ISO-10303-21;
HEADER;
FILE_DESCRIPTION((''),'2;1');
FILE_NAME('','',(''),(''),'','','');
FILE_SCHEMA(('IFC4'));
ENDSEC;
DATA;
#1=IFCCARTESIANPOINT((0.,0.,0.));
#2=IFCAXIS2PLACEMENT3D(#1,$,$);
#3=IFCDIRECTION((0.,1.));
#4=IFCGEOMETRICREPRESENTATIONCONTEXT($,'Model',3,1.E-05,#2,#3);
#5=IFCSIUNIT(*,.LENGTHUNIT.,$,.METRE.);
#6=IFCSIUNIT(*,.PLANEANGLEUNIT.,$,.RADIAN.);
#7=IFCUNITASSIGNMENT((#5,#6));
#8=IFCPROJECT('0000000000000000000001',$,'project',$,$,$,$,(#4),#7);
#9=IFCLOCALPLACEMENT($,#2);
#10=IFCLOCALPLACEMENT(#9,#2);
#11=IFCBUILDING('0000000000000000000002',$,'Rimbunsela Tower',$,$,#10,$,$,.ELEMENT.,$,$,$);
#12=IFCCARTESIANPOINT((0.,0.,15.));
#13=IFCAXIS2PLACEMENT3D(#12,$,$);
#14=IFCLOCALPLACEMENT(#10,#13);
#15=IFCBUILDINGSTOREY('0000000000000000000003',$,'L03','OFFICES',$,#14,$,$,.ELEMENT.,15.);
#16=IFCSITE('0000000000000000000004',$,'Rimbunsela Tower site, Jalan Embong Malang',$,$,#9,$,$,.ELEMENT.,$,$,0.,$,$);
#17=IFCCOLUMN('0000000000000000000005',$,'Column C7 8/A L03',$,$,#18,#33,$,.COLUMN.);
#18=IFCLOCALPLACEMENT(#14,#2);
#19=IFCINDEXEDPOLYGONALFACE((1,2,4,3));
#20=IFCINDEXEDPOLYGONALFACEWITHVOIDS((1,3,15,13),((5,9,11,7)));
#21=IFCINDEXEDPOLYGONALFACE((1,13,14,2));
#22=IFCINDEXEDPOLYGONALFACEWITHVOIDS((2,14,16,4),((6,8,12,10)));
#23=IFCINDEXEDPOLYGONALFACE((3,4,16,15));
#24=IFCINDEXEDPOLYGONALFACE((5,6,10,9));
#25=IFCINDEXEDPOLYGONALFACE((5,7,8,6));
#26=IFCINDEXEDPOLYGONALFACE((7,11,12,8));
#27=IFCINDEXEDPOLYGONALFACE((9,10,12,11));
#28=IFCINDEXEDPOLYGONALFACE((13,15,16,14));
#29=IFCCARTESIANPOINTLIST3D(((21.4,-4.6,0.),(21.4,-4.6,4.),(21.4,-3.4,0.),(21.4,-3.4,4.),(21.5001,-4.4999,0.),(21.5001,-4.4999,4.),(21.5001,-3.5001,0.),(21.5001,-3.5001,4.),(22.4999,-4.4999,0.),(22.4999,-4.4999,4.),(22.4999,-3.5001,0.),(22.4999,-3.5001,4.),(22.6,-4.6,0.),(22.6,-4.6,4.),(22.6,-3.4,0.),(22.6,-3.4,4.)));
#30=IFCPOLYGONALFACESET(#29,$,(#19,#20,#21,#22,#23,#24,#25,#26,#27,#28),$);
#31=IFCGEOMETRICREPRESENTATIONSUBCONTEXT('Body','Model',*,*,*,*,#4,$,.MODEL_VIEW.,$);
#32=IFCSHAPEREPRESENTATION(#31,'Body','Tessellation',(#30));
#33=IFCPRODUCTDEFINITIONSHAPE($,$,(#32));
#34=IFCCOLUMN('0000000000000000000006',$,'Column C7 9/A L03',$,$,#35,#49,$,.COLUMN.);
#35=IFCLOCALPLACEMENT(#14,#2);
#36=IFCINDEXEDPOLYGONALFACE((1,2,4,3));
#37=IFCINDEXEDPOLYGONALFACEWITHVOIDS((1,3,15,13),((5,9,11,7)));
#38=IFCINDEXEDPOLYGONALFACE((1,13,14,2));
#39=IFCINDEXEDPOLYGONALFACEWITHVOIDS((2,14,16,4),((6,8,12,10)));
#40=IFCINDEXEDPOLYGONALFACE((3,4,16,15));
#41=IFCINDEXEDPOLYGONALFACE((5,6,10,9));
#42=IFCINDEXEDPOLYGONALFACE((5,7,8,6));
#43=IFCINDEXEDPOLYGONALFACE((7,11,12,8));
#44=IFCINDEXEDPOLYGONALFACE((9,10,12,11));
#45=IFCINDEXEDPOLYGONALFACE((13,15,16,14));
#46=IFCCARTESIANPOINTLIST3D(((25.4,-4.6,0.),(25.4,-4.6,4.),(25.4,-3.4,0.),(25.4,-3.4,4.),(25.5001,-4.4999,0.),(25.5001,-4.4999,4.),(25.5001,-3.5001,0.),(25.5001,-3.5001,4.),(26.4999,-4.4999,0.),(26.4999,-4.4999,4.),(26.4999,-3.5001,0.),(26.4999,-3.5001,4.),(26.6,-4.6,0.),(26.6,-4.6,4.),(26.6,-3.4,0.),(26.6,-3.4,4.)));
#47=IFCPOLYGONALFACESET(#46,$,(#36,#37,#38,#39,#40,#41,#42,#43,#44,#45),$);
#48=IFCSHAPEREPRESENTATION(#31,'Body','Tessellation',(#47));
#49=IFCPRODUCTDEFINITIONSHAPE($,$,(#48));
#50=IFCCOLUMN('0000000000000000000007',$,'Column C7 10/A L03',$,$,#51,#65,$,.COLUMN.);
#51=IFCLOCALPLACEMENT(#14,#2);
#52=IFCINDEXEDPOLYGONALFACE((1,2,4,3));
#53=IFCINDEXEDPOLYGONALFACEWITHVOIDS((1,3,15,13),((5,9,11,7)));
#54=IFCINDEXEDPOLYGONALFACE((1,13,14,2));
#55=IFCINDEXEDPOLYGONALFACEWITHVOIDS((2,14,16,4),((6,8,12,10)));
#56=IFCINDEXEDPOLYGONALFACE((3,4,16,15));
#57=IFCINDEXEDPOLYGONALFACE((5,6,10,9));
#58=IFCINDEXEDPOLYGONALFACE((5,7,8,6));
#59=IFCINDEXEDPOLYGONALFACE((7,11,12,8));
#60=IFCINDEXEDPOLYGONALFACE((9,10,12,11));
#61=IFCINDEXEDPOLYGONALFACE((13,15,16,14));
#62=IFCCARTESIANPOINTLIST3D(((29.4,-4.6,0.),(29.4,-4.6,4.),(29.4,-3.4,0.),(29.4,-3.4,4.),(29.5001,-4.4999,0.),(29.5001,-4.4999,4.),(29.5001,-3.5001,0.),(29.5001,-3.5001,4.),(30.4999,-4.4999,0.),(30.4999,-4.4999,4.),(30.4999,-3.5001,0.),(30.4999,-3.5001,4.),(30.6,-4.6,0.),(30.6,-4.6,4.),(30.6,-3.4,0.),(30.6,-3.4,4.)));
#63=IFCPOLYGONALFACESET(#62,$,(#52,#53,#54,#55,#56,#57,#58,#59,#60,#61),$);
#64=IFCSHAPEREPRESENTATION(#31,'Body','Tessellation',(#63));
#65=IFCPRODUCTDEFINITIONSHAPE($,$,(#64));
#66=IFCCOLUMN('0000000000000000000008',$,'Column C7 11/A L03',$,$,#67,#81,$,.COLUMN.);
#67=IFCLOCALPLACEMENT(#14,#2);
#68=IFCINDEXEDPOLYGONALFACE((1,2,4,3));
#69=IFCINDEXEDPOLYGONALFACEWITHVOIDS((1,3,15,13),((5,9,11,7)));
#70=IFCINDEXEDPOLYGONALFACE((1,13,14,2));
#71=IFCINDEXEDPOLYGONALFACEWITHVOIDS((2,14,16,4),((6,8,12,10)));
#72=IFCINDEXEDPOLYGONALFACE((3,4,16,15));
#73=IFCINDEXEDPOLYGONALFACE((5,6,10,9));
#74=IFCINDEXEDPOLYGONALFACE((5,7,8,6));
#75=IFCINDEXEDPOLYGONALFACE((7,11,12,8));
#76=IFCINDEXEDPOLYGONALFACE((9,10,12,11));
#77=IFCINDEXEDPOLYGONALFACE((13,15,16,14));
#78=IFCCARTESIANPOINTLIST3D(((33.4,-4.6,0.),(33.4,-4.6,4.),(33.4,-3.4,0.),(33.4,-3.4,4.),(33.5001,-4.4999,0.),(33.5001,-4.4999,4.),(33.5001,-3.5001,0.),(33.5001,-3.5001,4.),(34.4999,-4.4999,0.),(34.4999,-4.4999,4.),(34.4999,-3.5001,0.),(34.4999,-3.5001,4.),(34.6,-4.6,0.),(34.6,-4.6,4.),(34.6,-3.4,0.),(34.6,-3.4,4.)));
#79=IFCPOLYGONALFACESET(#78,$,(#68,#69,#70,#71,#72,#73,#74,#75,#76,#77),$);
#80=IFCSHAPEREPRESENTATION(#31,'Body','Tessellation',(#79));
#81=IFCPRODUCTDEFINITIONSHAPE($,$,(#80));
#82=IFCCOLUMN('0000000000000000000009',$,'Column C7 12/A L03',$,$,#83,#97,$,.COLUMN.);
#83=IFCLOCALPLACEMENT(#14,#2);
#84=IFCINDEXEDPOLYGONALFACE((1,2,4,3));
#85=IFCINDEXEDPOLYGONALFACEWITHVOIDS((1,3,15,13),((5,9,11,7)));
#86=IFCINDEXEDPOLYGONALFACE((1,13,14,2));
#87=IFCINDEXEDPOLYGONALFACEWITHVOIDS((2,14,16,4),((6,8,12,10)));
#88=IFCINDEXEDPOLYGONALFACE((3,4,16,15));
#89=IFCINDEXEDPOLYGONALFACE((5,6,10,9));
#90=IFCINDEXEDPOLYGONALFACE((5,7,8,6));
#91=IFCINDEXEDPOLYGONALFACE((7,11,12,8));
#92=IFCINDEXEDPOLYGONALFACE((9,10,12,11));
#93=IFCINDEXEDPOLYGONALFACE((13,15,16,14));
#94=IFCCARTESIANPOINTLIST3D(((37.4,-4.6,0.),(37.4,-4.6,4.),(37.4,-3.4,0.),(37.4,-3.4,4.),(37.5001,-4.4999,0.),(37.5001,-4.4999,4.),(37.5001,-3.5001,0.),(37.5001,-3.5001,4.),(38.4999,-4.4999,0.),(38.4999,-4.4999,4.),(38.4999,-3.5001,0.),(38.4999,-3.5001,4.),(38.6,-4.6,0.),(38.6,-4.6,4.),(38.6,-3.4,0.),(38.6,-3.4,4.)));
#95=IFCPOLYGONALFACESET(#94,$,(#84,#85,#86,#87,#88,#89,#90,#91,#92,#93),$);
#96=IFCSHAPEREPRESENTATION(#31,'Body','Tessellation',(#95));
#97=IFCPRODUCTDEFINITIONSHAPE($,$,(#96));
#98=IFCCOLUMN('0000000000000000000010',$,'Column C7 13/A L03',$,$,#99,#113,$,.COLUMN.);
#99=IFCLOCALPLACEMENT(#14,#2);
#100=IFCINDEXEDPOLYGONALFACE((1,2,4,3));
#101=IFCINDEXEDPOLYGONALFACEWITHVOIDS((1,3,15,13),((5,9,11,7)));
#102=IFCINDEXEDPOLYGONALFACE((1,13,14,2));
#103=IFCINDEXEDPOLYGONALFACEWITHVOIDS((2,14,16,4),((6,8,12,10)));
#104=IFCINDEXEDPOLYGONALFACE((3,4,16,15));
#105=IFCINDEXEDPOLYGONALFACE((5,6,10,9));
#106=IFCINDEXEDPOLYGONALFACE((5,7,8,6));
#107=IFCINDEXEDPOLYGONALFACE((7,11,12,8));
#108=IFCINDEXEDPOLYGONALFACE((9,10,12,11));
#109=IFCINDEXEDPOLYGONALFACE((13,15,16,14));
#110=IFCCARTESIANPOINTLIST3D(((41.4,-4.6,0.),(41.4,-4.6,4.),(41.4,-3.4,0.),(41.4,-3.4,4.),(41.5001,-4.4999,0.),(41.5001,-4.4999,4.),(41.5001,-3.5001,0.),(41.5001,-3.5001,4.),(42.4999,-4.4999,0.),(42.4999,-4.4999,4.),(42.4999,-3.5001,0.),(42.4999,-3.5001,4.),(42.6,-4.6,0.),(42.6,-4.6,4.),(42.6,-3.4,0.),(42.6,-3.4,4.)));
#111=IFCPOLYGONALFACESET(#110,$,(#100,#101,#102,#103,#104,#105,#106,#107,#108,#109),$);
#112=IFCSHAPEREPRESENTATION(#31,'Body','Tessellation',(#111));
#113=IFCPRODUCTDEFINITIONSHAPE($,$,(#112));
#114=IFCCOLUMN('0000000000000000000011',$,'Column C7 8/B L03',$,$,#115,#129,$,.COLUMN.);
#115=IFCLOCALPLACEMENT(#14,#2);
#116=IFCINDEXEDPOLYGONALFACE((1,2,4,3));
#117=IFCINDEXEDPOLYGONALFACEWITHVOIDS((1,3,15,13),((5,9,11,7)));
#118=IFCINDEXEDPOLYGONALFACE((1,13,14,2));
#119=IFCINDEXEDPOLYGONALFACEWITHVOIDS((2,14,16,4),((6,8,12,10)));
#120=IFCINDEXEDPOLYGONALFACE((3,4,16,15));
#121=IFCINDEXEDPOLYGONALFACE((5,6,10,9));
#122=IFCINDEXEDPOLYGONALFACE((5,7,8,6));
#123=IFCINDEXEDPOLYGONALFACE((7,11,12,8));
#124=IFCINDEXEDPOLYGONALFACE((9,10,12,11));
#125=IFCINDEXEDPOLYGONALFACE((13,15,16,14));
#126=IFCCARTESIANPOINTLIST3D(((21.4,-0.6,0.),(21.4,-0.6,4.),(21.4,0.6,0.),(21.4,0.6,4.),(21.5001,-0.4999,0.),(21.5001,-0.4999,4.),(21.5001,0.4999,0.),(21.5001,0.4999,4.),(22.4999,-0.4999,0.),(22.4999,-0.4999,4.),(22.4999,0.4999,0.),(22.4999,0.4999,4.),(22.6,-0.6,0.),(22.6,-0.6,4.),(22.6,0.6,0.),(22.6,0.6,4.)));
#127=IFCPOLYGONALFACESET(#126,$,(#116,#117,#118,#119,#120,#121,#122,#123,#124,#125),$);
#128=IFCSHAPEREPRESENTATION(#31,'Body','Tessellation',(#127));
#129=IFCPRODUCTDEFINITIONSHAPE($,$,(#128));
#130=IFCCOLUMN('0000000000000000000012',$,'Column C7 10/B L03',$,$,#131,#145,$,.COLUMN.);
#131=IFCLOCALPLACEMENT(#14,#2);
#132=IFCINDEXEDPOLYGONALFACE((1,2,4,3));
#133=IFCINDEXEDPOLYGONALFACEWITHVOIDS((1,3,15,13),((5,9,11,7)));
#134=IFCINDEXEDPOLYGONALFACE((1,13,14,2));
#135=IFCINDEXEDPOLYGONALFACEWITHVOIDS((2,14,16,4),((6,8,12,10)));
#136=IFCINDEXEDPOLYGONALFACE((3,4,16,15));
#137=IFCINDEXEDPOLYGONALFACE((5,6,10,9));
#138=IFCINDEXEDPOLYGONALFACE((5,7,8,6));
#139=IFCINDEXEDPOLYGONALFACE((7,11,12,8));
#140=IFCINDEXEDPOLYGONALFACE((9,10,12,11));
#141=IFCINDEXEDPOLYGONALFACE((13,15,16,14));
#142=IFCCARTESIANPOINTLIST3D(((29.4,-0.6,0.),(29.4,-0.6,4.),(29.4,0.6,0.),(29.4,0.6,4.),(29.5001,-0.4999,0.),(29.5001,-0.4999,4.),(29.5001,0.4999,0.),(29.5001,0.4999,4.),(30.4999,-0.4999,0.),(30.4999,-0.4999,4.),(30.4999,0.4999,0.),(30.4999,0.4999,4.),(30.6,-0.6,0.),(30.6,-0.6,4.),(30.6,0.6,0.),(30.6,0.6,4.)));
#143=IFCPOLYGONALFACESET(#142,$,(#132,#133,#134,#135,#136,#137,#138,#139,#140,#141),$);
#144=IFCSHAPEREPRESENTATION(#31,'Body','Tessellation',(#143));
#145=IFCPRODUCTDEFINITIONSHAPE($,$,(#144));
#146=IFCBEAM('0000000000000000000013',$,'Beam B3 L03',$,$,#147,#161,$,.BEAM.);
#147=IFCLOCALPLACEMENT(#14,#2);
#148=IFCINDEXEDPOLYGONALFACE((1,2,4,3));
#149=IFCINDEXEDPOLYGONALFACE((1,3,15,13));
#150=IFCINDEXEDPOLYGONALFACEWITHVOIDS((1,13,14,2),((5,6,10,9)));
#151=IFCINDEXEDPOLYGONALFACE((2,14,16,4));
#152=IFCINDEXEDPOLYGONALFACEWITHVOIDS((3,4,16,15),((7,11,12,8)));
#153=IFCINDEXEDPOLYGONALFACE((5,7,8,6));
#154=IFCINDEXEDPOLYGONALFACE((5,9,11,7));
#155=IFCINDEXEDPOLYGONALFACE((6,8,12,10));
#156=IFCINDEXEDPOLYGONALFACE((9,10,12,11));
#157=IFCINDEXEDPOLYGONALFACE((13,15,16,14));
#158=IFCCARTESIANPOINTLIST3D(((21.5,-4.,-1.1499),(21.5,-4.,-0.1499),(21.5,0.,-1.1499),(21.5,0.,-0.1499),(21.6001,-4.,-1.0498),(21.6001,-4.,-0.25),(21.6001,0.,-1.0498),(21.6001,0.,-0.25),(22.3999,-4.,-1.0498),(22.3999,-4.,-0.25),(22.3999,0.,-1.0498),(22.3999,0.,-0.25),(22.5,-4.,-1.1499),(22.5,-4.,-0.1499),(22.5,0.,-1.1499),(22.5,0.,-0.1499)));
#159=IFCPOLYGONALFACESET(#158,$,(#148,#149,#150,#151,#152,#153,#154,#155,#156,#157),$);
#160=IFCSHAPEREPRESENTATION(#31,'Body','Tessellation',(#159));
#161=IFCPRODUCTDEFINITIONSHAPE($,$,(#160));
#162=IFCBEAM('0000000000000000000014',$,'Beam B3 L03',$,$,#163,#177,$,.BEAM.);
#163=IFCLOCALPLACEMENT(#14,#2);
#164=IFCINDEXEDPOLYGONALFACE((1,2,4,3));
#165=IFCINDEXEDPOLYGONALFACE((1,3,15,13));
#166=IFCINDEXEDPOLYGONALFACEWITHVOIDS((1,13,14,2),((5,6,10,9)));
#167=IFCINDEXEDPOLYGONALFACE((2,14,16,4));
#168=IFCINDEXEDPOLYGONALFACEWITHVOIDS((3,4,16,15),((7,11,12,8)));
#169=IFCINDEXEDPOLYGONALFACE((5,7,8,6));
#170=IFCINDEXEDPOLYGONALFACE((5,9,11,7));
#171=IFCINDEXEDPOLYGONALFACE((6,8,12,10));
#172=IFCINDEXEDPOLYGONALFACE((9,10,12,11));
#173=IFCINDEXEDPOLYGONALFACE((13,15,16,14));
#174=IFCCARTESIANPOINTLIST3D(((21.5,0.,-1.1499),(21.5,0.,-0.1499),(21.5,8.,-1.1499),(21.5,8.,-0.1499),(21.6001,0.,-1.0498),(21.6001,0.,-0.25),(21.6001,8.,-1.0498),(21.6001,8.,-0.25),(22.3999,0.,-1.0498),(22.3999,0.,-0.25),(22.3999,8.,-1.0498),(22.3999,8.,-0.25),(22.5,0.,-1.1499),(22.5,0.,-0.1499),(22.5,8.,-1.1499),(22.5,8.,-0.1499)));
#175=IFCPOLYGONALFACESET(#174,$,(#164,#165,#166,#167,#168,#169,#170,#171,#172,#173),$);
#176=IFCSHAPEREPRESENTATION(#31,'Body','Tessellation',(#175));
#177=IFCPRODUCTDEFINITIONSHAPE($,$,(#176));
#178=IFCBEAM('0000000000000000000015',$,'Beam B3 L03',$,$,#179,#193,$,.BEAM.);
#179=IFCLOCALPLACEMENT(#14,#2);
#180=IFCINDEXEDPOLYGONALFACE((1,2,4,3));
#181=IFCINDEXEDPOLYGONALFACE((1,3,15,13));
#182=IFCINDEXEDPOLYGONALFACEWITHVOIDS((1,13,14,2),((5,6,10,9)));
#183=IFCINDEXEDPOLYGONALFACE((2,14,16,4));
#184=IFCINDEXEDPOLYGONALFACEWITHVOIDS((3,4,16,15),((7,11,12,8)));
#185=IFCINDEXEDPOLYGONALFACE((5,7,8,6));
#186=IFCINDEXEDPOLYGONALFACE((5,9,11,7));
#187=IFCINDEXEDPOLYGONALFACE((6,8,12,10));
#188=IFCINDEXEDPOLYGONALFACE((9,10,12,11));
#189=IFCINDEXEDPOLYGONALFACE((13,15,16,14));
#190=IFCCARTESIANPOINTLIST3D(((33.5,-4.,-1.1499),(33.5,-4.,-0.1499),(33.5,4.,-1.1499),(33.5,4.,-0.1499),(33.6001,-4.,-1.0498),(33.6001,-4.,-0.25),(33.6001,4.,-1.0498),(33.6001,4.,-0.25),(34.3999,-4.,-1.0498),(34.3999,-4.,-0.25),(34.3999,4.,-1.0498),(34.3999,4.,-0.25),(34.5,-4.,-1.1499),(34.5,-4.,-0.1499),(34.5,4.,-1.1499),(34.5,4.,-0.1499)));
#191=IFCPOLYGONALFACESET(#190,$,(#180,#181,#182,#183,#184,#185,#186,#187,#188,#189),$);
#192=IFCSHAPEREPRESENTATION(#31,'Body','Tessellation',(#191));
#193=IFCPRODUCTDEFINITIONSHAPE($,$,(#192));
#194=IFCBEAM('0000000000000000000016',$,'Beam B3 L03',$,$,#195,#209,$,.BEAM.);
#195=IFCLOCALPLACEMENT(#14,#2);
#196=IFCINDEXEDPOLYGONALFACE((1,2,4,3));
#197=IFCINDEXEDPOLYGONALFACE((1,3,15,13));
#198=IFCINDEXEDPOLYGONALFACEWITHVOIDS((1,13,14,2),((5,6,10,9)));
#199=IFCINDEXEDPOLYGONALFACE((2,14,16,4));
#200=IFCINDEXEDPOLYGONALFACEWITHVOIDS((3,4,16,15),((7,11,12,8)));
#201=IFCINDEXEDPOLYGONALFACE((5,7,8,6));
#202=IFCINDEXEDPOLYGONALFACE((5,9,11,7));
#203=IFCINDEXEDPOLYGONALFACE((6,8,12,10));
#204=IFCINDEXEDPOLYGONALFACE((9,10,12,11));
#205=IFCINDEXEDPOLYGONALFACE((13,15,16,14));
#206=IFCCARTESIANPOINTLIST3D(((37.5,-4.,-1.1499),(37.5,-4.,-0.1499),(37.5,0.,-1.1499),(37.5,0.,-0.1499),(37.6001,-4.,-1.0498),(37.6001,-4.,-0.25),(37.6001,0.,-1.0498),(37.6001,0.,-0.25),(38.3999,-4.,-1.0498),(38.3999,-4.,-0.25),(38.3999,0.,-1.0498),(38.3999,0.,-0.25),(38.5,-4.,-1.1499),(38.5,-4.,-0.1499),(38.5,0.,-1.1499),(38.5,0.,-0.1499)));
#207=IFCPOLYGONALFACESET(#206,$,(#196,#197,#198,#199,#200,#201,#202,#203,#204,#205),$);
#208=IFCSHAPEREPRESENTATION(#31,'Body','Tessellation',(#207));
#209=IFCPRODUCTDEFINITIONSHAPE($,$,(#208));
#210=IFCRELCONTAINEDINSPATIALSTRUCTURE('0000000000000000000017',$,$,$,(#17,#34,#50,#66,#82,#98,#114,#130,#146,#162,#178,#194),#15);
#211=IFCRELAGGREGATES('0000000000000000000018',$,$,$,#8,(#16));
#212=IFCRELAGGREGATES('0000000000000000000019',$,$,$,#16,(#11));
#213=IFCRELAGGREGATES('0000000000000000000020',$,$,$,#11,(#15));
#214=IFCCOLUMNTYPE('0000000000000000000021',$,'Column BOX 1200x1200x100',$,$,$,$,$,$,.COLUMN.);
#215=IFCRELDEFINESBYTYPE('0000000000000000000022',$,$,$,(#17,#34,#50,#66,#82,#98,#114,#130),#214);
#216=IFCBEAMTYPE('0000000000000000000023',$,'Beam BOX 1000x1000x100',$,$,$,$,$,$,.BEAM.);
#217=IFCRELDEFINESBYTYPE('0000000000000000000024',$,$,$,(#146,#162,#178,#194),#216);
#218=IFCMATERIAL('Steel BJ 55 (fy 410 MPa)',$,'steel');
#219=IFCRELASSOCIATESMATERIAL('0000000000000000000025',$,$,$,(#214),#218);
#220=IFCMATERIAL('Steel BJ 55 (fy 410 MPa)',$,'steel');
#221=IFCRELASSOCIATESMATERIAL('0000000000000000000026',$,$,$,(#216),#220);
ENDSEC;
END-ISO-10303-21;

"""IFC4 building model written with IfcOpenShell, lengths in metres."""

from ifc_helpers import new_model, si_unit, direction, frame, origin, origin_2d, place, context, subcontext, project, spatial, hollow_rectangle, extrude, material, material_profile, profile_set, type_object, element, save


model = new_model("IFC4")

# Units and contexts
model_context = context("Model", 3, precision=1e-05, world=origin(), true_north=direction((0.0, 1.0)))
body_context = subcontext(model_context, "Body", "Model", "MODEL_VIEW")
ifc_project = project(units=[si_unit("LENGTHUNIT", "METRE"), si_unit("PLANEANGLEUNIT", "RADIAN")], contexts=[model_context])

# Site, building, storey
site_placement = place(None, origin())
site = spatial("IfcSite", under=ifc_project, at=site_placement, Name="Rimbunsela Tower site, Jalan Embong Malang", CompositionType="ELEMENT", RefElevation=0.0)
building_placement = place(site_placement, origin())
building = spatial("IfcBuilding", under=site, at=building_placement, Name="Rimbunsela Tower", CompositionType="ELEMENT")
storey_placement = place(building_placement, frame((0.0, 0.0, 15.0)))
storey = spatial("IfcBuildingStorey", under=building, at=storey_placement, Name="L03", Description="OFFICES", CompositionType="ELEMENT", Elevation=15.0)

# Columns
ifc_material_1 = material(Name="Steel BJ 55 (fy 410 MPa)", Category="steel")
ifc_material_profile_1 = material_profile(ifc_material_1, hollow_rectangle(XDim=1.2, YDim=1.2, WallThickness=0.1001, at=origin_2d()), Name="BOX 1200x1200x100")
ifc_profile_set_1 = profile_set([ifc_material_profile_1], Name="Steel BJ 55 (fy 410 MPa)")
column_type = type_object("IfcColumnType", Name="Column BOX 1200x1200x100", PredefinedType="COLUMN", material=ifc_profile_set_1)
for number, where, z_axis, x_axis, name in (
    (1, (22.0, -4.0, 0.0), (0.0, 0.0, 1.0), (1.0, 0.0, 0.0), "Column C7 8/A L03"),
    (2, (26.0, -4.0, 0.0), (0.0, 0.0, 1.0), (1.0, 0.0, 0.0), "Column C7 9/A L03"),
    (3, (30.0, -4.0, 0.0), (0.0, 0.0, 1.0), (1.0, 0.0, 0.0), "Column C7 10/A L03"),
    (4, (34.0, -4.0, 0.0), (0.0, 0.0, 1.0), (1.0, 0.0, 0.0), "Column C7 11/A L03"),
    (5, (38.0, -4.0, 0.0), (0.0, 0.0, 1.0), (1.0, 0.0, 0.0), "Column C7 12/A L03"),
    (6, (42.0, -4.0, 0.0), (0.0, 0.0, 1.0), (1.0, 0.0, 0.0), "Column C7 13/A L03"),
    (7, (22.0, 0.0, 0.0), (0.0, 0.0, 1.0), (1.0, 0.0, 0.0), "Column C7 8/B L03"),
    (8, (30.0, 0.0, 0.0), (0.0, 0.0, 1.0), (1.0, 0.0, 0.0), "Column C7 10/B L03"),
):
    element("IfcColumn", number, at=place(storey_placement, frame(where, z_axis=z_axis, x_axis=x_axis)), inside=storey, type_object=column_type, Name=name, PredefinedType="COLUMN", context=body_context, shape_type="SweptSolid", body=[
        extrude(hollow_rectangle(XDim=1.2, YDim=1.2, WallThickness=0.1001, at=origin_2d()), origin(), (0.0, 0.0, 1.0), 4.0),
    ])

# Beams
ifc_material_2 = material(Name="Steel BJ 55 (fy 410 MPa)", Category="steel")
ifc_material_profile_2 = material_profile(ifc_material_2, hollow_rectangle(XDim=1.0, YDim=1.0, WallThickness=0.1001, at=origin_2d()), Name="BOX 1000x1000x100")
ifc_profile_set_2 = profile_set([ifc_material_profile_2], Name="Steel BJ 55 (fy 410 MPa)")
beam_type_1 = type_object("IfcBeamType", Name="Beam BOX 1000x1000x100", PredefinedType="BEAM", material=ifc_profile_set_2)
beam_1_placement = place(storey_placement, frame((22.0, -4.0, -0.6499), z_axis=(0.0, 1.0, 0.0), x_axis=(-1.0, 0.0, 0.0)))
element("IfcBeam", 9, at=beam_1_placement, inside=storey, type_object=beam_type_1, Name="Beam B3 L03", PredefinedType="BEAM", context=body_context, shape_type="SweptSolid", body=[
    extrude(hollow_rectangle(XDim=1.0, YDim=1.0, WallThickness=0.1001, at=origin_2d()), origin(), (0.0, 0.0, 1.0), 4.0),
])
for number, where, z_axis, x_axis, name in (
    (10, (22.0, 0.0, -0.6499), (0.0, 1.0, 0.0), (-1.0, 0.0, 0.0), "Beam B3 L03"),
    (11, (34.0, -4.0, -0.6499), (0.0, 1.0, 0.0), (-1.0, 0.0, 0.0), "Beam B3 L03"),
):
    element("IfcBeam", number, at=place(storey_placement, frame(where, z_axis=z_axis, x_axis=x_axis)), inside=storey, type_object=beam_type_1, Name=name, PredefinedType="BEAM", context=body_context, shape_type="SweptSolid", body=[
        extrude(hollow_rectangle(XDim=1.0, YDim=1.0, WallThickness=0.1001, at=origin_2d()), origin(), (0.0, 0.0, 1.0), 8.0),
    ])
beam_2_placement = place(storey_placement, frame((38.0, -4.0, -0.6499), z_axis=(0.0, 1.0, 0.0), x_axis=(-1.0, 0.0, 0.0)))
element("IfcBeam", 12, at=beam_2_placement, inside=storey, type_object=beam_type_1, Name="Beam B3 L03", PredefinedType="BEAM", context=body_context, shape_type="SweptSolid", body=[
    extrude(hollow_rectangle(XDim=1.0, YDim=1.0, WallThickness=0.1001, at=origin_2d()), origin(), (0.0, 0.0, 1.0), 4.0),
])

save(model, "model.ifc")
